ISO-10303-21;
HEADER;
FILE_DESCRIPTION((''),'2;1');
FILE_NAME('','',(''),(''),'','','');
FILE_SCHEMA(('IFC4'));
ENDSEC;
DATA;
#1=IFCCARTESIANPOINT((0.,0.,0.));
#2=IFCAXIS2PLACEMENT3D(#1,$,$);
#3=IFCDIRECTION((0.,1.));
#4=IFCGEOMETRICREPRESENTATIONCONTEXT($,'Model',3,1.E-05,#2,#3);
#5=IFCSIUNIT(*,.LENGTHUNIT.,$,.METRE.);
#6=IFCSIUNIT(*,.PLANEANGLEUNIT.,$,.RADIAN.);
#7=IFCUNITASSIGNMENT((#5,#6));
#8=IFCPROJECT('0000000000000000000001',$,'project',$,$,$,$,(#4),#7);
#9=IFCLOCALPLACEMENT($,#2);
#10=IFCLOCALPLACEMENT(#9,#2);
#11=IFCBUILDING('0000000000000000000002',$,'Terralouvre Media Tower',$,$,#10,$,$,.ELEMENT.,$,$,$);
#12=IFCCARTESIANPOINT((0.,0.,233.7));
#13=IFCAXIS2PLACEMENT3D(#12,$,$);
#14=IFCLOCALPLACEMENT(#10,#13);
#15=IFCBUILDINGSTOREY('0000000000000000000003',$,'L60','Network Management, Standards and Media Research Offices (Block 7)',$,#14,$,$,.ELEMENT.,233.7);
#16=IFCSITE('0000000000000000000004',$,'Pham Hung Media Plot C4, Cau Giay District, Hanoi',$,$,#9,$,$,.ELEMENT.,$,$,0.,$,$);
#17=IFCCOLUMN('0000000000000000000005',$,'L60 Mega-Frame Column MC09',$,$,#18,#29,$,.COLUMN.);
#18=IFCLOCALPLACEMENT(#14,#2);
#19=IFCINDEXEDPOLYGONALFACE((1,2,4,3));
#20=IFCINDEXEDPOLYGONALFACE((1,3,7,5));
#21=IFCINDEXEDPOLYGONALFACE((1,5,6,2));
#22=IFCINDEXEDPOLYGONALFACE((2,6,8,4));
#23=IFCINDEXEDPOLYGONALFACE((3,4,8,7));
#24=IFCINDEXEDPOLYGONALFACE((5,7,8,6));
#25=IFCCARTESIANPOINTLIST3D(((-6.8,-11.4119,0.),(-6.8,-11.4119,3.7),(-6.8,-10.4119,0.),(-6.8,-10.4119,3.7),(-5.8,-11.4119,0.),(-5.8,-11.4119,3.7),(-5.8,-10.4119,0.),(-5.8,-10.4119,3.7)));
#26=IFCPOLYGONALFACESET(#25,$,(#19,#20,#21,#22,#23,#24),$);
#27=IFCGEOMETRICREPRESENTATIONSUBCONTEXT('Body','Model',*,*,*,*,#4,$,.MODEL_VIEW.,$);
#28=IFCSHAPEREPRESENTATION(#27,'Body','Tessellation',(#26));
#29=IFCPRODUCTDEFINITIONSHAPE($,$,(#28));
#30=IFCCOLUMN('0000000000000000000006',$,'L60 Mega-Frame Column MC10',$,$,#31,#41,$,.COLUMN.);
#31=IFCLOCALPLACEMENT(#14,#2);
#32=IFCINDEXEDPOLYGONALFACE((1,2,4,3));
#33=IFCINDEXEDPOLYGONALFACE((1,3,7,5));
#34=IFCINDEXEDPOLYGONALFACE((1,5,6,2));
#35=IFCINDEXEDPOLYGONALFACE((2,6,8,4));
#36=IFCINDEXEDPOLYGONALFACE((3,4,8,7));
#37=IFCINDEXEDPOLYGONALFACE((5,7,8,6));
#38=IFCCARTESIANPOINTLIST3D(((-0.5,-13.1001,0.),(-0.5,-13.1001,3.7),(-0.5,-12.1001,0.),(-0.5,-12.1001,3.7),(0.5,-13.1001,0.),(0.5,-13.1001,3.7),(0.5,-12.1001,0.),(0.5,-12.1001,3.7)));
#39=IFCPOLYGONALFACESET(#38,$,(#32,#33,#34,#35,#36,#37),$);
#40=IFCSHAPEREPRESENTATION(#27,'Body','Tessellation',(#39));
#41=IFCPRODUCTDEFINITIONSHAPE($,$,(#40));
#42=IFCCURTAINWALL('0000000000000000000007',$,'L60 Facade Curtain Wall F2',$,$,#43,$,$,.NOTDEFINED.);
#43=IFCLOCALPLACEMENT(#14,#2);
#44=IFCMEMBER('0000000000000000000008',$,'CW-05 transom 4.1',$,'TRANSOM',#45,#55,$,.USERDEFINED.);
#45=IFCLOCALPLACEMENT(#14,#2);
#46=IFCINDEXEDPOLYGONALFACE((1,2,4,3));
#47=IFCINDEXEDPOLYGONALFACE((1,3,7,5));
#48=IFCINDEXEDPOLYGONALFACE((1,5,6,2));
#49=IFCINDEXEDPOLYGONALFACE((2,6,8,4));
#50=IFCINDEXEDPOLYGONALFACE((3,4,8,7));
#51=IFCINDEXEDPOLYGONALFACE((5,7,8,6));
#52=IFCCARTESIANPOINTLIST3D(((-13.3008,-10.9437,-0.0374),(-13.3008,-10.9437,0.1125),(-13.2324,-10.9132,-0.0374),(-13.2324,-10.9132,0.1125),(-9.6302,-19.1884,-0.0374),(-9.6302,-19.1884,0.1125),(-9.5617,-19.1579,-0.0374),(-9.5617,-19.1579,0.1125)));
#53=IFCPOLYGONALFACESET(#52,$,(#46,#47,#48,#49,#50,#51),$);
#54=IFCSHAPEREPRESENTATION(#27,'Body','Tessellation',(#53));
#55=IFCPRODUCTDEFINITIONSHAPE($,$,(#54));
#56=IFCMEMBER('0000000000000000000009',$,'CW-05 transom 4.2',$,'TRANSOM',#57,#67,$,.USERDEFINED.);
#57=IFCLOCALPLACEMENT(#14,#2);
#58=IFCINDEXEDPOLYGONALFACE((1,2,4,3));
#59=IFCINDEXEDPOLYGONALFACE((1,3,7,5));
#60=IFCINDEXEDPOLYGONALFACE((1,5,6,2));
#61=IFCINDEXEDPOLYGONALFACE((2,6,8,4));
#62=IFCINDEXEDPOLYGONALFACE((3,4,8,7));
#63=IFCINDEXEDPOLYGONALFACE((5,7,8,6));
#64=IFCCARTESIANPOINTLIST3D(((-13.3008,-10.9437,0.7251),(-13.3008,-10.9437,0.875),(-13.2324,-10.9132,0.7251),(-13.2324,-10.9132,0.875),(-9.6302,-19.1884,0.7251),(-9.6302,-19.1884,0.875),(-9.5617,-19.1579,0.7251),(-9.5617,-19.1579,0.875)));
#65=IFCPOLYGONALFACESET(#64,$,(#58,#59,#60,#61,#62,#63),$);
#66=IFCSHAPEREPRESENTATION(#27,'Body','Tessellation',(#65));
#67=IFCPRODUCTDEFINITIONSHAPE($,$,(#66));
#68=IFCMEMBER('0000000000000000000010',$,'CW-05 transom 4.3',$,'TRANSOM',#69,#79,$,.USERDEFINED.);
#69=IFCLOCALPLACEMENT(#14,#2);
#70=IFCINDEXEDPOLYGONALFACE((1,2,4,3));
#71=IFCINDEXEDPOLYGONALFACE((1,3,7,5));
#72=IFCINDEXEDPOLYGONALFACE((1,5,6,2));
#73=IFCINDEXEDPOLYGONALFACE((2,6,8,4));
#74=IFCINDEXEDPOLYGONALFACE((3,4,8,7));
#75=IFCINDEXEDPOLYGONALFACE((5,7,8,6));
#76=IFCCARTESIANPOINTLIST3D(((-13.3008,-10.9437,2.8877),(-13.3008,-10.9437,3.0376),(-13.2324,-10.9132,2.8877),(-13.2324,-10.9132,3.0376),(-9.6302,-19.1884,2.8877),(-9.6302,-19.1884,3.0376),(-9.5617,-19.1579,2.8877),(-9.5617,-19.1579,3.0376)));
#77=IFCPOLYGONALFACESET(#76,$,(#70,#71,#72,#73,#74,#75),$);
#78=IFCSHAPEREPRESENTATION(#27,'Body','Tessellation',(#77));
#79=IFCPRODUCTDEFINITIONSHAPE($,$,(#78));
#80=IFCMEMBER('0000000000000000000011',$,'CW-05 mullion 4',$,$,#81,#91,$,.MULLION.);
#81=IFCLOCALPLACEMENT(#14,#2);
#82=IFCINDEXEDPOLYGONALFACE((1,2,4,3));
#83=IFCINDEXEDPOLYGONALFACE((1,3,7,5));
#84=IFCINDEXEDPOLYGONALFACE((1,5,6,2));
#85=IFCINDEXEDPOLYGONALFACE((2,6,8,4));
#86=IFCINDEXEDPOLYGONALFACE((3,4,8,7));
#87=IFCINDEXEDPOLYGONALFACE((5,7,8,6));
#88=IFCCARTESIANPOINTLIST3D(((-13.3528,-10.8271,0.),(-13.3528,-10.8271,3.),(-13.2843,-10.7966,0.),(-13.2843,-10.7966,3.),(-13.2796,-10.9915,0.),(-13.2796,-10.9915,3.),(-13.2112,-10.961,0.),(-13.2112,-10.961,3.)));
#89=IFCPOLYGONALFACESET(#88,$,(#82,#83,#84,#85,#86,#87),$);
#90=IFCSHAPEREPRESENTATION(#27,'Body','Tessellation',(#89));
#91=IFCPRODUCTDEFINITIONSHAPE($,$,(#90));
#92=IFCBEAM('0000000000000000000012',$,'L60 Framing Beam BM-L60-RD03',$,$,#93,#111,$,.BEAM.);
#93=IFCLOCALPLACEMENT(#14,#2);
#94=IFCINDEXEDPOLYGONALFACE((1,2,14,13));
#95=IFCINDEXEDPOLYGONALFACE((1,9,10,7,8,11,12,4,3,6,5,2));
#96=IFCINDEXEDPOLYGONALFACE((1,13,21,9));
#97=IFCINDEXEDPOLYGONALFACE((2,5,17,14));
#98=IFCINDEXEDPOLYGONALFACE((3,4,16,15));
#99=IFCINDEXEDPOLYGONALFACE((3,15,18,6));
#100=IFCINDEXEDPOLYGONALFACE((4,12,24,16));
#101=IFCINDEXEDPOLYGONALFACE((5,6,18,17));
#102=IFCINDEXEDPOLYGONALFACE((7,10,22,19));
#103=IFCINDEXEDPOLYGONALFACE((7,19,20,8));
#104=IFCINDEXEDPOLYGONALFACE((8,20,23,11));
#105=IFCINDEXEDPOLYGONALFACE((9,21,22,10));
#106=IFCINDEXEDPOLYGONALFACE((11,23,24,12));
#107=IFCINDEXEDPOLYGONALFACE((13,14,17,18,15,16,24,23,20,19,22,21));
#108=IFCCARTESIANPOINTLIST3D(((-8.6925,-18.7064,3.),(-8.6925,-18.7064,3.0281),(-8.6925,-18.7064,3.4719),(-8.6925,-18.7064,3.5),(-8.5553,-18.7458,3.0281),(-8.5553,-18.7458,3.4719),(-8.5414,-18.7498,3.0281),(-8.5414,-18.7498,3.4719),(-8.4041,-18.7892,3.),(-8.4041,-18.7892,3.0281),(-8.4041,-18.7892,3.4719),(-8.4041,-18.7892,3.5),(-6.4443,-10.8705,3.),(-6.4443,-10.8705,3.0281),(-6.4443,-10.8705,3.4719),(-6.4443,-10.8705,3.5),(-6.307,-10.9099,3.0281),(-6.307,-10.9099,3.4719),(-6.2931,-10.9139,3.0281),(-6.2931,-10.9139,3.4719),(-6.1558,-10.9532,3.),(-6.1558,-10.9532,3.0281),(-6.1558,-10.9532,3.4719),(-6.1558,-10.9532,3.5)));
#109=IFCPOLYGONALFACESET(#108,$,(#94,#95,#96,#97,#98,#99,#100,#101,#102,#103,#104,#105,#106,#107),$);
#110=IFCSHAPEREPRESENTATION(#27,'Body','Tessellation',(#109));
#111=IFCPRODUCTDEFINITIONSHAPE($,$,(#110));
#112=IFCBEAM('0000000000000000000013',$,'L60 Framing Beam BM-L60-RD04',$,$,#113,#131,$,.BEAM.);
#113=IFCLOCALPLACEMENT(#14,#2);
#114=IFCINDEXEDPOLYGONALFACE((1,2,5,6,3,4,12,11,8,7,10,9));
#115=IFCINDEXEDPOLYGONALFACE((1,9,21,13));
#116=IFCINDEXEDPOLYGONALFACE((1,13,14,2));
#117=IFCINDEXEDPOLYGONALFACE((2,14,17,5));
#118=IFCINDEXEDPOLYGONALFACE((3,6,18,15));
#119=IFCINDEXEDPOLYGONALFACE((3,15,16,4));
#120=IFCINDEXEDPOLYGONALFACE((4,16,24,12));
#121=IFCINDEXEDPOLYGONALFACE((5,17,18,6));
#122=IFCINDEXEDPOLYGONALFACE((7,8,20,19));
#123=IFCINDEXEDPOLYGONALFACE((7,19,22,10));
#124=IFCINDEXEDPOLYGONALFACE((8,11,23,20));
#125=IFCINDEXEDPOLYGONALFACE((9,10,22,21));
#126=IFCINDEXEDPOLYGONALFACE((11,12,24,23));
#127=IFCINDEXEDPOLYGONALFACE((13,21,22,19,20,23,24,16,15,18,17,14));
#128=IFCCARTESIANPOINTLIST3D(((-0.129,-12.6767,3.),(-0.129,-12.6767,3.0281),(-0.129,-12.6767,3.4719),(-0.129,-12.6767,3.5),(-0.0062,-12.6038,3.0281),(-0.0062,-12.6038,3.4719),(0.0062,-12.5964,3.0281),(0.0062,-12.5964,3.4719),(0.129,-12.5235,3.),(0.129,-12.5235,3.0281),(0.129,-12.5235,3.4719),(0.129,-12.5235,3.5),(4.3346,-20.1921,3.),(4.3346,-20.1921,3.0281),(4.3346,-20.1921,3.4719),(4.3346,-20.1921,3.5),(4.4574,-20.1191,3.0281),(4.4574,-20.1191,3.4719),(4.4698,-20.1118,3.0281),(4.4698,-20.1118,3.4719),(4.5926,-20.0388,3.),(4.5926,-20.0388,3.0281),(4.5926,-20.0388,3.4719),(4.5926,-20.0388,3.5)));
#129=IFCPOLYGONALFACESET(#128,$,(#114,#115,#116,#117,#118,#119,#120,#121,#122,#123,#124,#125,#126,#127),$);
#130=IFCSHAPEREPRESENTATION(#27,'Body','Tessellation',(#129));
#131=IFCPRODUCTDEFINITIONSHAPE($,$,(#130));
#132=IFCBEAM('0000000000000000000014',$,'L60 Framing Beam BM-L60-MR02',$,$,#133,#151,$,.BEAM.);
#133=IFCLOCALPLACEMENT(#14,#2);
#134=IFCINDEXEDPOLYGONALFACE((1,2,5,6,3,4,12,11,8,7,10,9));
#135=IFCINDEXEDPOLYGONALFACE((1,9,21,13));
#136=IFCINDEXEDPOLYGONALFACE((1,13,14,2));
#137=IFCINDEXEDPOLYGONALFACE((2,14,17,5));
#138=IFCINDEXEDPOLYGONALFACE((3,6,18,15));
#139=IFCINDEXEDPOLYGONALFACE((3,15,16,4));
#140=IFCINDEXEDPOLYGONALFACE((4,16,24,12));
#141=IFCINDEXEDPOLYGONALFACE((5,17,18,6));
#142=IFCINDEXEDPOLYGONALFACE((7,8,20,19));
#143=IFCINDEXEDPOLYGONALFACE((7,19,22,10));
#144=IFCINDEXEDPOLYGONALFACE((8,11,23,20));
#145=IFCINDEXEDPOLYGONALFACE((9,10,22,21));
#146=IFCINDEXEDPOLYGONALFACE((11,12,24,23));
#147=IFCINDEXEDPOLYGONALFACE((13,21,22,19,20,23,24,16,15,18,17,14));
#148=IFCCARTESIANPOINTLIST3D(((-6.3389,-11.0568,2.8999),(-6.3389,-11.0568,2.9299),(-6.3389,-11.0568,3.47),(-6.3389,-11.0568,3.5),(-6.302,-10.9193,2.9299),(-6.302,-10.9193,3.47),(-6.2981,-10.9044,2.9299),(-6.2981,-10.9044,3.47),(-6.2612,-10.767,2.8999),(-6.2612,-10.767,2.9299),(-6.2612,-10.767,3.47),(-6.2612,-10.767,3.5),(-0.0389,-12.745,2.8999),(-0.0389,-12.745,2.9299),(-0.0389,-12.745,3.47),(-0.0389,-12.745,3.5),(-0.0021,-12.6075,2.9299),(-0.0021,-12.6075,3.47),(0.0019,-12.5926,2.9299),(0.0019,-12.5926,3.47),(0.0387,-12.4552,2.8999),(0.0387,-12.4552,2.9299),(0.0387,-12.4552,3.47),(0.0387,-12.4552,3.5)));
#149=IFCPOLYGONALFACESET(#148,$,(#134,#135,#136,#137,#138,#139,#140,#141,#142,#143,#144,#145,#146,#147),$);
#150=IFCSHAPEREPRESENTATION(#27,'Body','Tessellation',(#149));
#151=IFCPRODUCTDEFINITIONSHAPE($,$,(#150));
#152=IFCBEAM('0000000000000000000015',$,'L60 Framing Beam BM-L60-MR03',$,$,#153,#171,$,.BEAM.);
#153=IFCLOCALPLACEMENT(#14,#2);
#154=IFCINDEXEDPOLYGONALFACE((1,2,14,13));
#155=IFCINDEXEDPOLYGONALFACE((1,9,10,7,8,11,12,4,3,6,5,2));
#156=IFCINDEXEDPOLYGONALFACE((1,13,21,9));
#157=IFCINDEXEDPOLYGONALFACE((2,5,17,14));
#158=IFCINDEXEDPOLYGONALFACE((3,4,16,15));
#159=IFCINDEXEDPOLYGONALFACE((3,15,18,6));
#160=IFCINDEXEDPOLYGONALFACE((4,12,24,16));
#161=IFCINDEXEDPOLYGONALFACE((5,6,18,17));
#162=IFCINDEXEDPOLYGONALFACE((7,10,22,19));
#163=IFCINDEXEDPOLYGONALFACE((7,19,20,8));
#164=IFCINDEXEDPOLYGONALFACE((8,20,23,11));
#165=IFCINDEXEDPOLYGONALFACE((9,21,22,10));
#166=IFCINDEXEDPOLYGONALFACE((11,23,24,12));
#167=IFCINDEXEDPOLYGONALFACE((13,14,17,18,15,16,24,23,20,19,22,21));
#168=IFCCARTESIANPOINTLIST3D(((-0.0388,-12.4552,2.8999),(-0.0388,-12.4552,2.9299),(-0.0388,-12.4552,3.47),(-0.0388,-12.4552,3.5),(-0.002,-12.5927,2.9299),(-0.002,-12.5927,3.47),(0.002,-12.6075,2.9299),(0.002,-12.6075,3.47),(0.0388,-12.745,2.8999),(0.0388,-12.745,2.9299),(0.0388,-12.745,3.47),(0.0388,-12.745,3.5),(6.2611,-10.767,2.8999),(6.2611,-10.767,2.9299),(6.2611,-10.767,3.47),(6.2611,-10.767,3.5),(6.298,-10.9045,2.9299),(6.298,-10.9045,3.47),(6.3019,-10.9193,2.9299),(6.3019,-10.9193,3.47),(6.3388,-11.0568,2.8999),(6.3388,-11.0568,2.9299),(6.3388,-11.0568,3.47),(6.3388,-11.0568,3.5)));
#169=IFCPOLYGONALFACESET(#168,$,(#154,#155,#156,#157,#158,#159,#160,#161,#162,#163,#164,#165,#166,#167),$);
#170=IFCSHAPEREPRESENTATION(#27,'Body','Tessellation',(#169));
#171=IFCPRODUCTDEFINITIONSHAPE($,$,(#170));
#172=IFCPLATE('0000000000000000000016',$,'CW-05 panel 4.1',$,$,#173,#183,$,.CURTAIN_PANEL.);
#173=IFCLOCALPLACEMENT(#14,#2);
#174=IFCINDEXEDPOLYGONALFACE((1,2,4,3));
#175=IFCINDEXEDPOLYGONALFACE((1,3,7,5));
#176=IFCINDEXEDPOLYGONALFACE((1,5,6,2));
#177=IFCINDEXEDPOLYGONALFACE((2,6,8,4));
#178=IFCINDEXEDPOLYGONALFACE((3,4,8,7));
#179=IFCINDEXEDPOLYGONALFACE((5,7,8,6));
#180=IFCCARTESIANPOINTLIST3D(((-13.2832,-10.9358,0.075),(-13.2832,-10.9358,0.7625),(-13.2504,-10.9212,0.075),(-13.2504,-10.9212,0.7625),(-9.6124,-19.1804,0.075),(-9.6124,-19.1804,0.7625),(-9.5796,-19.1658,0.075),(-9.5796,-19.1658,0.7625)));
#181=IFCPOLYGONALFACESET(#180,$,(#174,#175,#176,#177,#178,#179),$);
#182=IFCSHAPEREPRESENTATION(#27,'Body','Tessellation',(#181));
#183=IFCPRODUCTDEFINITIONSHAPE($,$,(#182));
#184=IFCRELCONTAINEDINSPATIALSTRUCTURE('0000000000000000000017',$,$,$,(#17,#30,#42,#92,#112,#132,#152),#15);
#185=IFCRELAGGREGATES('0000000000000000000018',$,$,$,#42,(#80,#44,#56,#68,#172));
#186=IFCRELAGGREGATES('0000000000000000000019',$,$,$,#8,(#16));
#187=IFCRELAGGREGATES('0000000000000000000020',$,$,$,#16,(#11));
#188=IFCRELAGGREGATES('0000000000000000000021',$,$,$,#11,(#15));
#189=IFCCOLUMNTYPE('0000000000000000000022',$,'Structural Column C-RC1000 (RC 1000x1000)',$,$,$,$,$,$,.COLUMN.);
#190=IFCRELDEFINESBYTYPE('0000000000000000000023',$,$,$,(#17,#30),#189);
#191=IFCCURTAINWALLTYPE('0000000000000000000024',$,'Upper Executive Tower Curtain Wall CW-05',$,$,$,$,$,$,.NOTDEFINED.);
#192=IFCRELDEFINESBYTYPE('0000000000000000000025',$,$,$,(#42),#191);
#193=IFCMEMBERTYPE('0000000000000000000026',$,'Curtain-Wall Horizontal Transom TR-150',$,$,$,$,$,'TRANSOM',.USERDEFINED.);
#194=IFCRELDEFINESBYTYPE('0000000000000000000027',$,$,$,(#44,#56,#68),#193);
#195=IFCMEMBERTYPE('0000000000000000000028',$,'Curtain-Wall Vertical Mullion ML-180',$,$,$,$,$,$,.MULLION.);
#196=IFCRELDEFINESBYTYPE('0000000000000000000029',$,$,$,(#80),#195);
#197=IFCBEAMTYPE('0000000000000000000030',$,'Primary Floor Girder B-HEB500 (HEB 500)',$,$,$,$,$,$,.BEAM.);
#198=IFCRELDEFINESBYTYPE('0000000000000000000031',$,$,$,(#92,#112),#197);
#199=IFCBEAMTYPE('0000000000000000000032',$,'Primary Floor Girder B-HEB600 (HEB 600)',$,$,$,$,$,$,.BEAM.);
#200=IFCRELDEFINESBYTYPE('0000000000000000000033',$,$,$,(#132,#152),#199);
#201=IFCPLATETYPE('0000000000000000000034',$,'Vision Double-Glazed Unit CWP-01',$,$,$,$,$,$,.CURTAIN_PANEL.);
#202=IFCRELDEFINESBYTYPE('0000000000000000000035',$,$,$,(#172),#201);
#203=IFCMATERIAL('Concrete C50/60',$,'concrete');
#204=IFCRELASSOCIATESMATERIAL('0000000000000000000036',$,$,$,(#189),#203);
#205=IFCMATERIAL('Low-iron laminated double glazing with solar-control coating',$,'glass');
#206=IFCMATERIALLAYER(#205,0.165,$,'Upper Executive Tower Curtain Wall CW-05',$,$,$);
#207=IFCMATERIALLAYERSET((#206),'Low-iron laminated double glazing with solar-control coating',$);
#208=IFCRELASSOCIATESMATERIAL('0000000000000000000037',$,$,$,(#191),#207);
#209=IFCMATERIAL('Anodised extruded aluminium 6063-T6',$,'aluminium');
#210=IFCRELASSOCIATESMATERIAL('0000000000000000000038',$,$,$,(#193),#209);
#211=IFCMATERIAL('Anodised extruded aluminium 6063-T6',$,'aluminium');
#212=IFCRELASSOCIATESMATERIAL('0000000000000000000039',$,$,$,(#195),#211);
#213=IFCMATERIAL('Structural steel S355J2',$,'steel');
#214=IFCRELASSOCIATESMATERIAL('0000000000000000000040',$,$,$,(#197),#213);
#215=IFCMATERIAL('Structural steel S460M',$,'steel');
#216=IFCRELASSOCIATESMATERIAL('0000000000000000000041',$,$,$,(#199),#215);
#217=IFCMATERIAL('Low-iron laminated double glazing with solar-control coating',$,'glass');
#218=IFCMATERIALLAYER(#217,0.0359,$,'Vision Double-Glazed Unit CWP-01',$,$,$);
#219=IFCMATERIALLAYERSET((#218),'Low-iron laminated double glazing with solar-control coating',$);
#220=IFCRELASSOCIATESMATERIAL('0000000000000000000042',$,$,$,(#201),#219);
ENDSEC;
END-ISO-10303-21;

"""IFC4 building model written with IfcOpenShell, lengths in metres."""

from ifc_helpers import new_model, si_unit, direction, frame, origin, origin_2d, place, context, subcontext, project, spatial, rectangle, i_section, extrude, material, layer, layer_set, material_profile, profile_set, type_object, element, aggregate, save


model = new_model("IFC4")

# Units and contexts
model_context = context("Model", 3, precision=1e-05, world=origin(), true_north=direction((0.0, 1.0)))
body_context = subcontext(model_context, "Body", "Model", "MODEL_VIEW")
ifc_project = project(units=[si_unit("LENGTHUNIT", "METRE"), si_unit("PLANEANGLEUNIT", "RADIAN")], contexts=[model_context])

# Site, building, storey
site_placement = place(None, origin())
site = spatial("IfcSite", under=ifc_project, at=site_placement, Name="Pham Hung Media Plot C4, Cau Giay District, Hanoi", CompositionType="ELEMENT", RefElevation=0.0)
building_placement = place(site_placement, origin())
building = spatial("IfcBuilding", under=site, at=building_placement, Name="Terralouvre Media Tower", CompositionType="ELEMENT")
storey_placement = place(building_placement, frame((0.0, 0.0, 233.7)))
storey = spatial("IfcBuildingStorey", under=building, at=storey_placement, Name="L60", Description="Network Management, Standards and Media Research Offices (Block 7)", CompositionType="ELEMENT", Elevation=233.7)

# Columns
ifc_material_1 = material(Name="Concrete C50/60", Category="concrete")
ifc_material_profile_1 = material_profile(ifc_material_1, rectangle(XDim=1.0, YDim=1.0, at=origin_2d()), Name="RC 1000x1000")
ifc_profile_set_1 = profile_set([ifc_material_profile_1], Name="Concrete C50/60")
column_type = type_object("IfcColumnType", Name="Structural Column C-RC1000 (RC 1000x1000)", PredefinedType="COLUMN", material=ifc_profile_set_1)
for number, where, z_axis, x_axis, name in (
    (1, (-6.3, -10.9119, 0.0), (0.0, 0.0, 1.0), (1.0, 0.0, 0.0), "L60 Mega-Frame Column MC09"),
    (2, (0.0, -12.6001, 0.0), (0.0, 0.0, 1.0), (1.0, 0.0, 0.0), "L60 Mega-Frame Column MC10"),
):
    element("IfcColumn", number, at=place(storey_placement, frame(where, z_axis=z_axis, x_axis=x_axis)), inside=storey, type_object=column_type, Name=name, PredefinedType="COLUMN", context=body_context, shape_type="SweptSolid", body=[
        extrude(rectangle(XDim=1.0, YDim=1.0, at=origin_2d()), origin(), (0.0, 0.0, 1.0), 3.7),
    ])

# Curtain wall, members
ifc_material_2 = material(Name="Low-iron laminated double glazing with solar-control coating", Category="glass")
ifc_layer_1 = layer(ifc_material_2, 0.165, Name="Upper Executive Tower Curtain Wall CW-05")
ifc_layer_set_1 = layer_set([ifc_layer_1], Name="Low-iron laminated double glazing with solar-control coating")
curtain_wall_type = type_object("IfcCurtainWallType", Name="Upper Executive Tower Curtain Wall CW-05", PredefinedType="NOTDEFINED", material=ifc_layer_set_1)
curtain_wall_placement = place(storey_placement, origin())
curtain_wall = element("IfcCurtainWall", 3, at=curtain_wall_placement, inside=storey, type_object=curtain_wall_type, Name="L60 Facade Curtain Wall F2", PredefinedType="NOTDEFINED")
ifc_material_3 = material(Name="Anodised extruded aluminium 6063-T6", Category="aluminium")
ifc_material_profile_2 = material_profile(ifc_material_3, rectangle(XDim=0.075, YDim=0.1499, at=origin_2d()), Name="ALU 75x150")
ifc_profile_set_2 = profile_set([ifc_material_profile_2], Name="Anodised extruded aluminium 6063-T6")
member_type_1 = type_object("IfcMemberType", Name="Curtain-Wall Horizontal Transom TR-150", ElementType="TRANSOM", PredefinedType="USERDEFINED", material=ifc_profile_set_2)
member_1_placement = place(storey_placement, frame((-13.2666, -10.9285, 0.0376), z_axis=(0.406728, -0.913549, 0.0), x_axis=(0.913549, 0.406728, 0.0)))
member_1 = element("IfcMember", 4, at=member_1_placement, type_object=member_type_1, Name="CW-05 transom 4.1", ObjectType="TRANSOM", PredefinedType="USERDEFINED", context=body_context, shape_type="SweptSolid", body=[
    extrude(rectangle(XDim=0.075, YDim=0.1499, at=origin_2d()), origin(), (0.0, 0.0, 1.0), 9.0249),
])
member_2_placement = place(storey_placement, frame((-13.2666, -10.9285, 0.8), z_axis=(0.406728, -0.913549, 0.0), x_axis=(0.913549, 0.406728, 0.0)))
member_2 = element("IfcMember", 5, at=member_2_placement, type_object=member_type_1, Name="CW-05 transom 4.2", ObjectType="TRANSOM", PredefinedType="USERDEFINED", context=body_context, shape_type="SweptSolid", body=[
    extrude(rectangle(XDim=0.075, YDim=0.1499, at=origin_2d()), origin(), (0.0, 0.0, 1.0), 9.0249),
])
member_3_placement = place(storey_placement, frame((-13.2666, -10.9285, 2.9626), z_axis=(0.406728, -0.913549, 0.0), x_axis=(0.913549, 0.406728, 0.0)))
member_3 = element("IfcMember", 6, at=member_3_placement, type_object=member_type_1, Name="CW-05 transom 4.3", ObjectType="TRANSOM", PredefinedType="USERDEFINED", context=body_context, shape_type="SweptSolid", body=[
    extrude(rectangle(XDim=0.075, YDim=0.1499, at=origin_2d()), origin(), (0.0, 0.0, 1.0), 9.0249),
])
ifc_material_4 = material(Name="Anodised extruded aluminium 6063-T6", Category="aluminium")
ifc_material_profile_3 = material_profile(ifc_material_4, rectangle(XDim=0.075, YDim=0.1799, at=origin_2d()), Name="ALU 75x180")
ifc_profile_set_3 = profile_set([ifc_material_profile_3], Name="Anodised extruded aluminium 6063-T6")
member_type_2 = type_object("IfcMemberType", Name="Curtain-Wall Vertical Mullion ML-180", PredefinedType="MULLION", material=ifc_profile_set_3)
member_4_placement = place(storey_placement, frame((-13.282, -10.894, 0.0), z_axis=(0.0, 0.0, 1.0), x_axis=(0.913545, 0.406737, 0.0)))
member_4 = element("IfcMember", 7, at=member_4_placement, type_object=member_type_2, Name="CW-05 mullion 4", PredefinedType="MULLION", context=body_context, shape_type="SweptSolid", body=[
    extrude(rectangle(XDim=0.075, YDim=0.1799, at=origin_2d()), origin(), (0.0, 0.0, 1.0), 3.0),
])

# Beams
ifc_material_5 = material(Name="Structural steel S355J2", Category="steel")
ifc_material_profile_4 = material_profile(ifc_material_5, i_section(OverallWidth=0.3, OverallDepth=0.5, WebThickness=0.0144, FlangeThickness=0.0281, at=origin_2d()), Name="HEB 500")
ifc_profile_set_4 = profile_set([ifc_material_profile_4], Name="Structural steel S355J2")
beam_type_1 = type_object("IfcBeamType", Name="Primary Floor Girder B-HEB500 (HEB 500)", PredefinedType="BEAM", material=ifc_profile_set_4)
beam_1_placement = place(storey_placement, frame((-6.3, -10.9119, 3.25), z_axis=(-0.275793, -0.961217, 0.0), x_axis=(0.961217, -0.275793, 0.0)))
element("IfcBeam", 8, at=beam_1_placement, inside=storey, type_object=beam_type_1, Name="L60 Framing Beam BM-L60-RD03", PredefinedType="BEAM", context=body_context, shape_type="SweptSolid", body=[
    extrude(i_section(OverallWidth=0.3, OverallDepth=0.5, WebThickness=0.0144, FlangeThickness=0.0281, at=origin_2d()), origin(), (0.0, 0.0, 1.0), 8.1521),
])
beam_2_placement = place(storey_placement, frame((0.0, -12.6001, 3.25), z_axis=(0.510654, -0.859786, 0.0), x_axis=(0.859786, 0.510654, 0.0)))
element("IfcBeam", 9, at=beam_2_placement, inside=storey, type_object=beam_type_1, Name="L60 Framing Beam BM-L60-RD04", PredefinedType="BEAM", context=body_context, shape_type="SweptSolid", body=[
    extrude(i_section(OverallWidth=0.3, OverallDepth=0.5, WebThickness=0.0144, FlangeThickness=0.0281, at=origin_2d()), origin(), (0.0, 0.0, 1.0), 8.741),
])
ifc_material_6 = material(Name="Structural steel S460M", Category="steel")
ifc_material_profile_5 = material_profile(ifc_material_6, i_section(OverallWidth=0.3, OverallDepth=0.6001, WebThickness=0.0154, FlangeThickness=0.03, at=origin_2d()), Name="HEB 600")
ifc_profile_set_5 = profile_set([ifc_material_profile_5], Name="Structural steel S460M")
beam_type_2 = type_object("IfcBeamType", Name="Primary Floor Girder B-HEB600 (HEB 600)", PredefinedType="BEAM", material=ifc_profile_set_5)
for number, where, z_axis, x_axis, name in (
    (10, (-6.3, -10.9119, 3.2), (0.96592, -0.258839, 0.0), (0.258839, 0.96592, 0.0), "L60 Framing Beam BM-L60-MR02"),
    (11, (0.0, -12.6001, 3.2), (0.96592, 0.258839, 0.0), (-0.258839, 0.96592, 0.0), "L60 Framing Beam BM-L60-MR03"),
):
    element("IfcBeam", number, at=place(storey_placement, frame(where, z_axis=z_axis, x_axis=x_axis)), inside=storey, type_object=beam_type_2, Name=name, PredefinedType="BEAM", context=body_context, shape_type="SweptSolid", body=[
        extrude(i_section(OverallWidth=0.3, OverallDepth=0.6001, WebThickness=0.0154, FlangeThickness=0.03, at=origin_2d()), origin(), (0.0, 0.0, 1.0), 6.5222),
    ])

# Plate
ifc_material_7 = material(Name="Low-iron laminated double glazing with solar-control coating", Category="glass")
ifc_layer_2 = layer(ifc_material_7, 0.0359, Name="Vision Double-Glazed Unit CWP-01")
ifc_layer_set_2 = layer_set([ifc_layer_2], Name="Low-iron laminated double glazing with solar-control coating")
plate_type = type_object("IfcPlateType", Name="Vision Double-Glazed Unit CWP-01", PredefinedType="CURTAIN_PANEL", material=ifc_layer_set_2)
plate_1_placement = place(storey_placement, frame((-11.4314, -15.0508, 0.075), z_axis=(0.0, 0.0, 1.0), x_axis=(0.406737, -0.913545, 0.0)))
plate_1 = element("IfcPlate", 12, at=plate_1_placement, type_object=plate_type, Name="CW-05 panel 4.1", PredefinedType="CURTAIN_PANEL", context=body_context, shape_type="SweptSolid", body=[
    extrude(rectangle(XDim=9.0249, YDim=0.0359, at=origin_2d()), origin(), (0.0, 0.0, 1.0), 0.6875),
])
aggregate(curtain_wall, [member_4, member_1, member_2, member_3, plate_1])

save(model, "model.ifc")
